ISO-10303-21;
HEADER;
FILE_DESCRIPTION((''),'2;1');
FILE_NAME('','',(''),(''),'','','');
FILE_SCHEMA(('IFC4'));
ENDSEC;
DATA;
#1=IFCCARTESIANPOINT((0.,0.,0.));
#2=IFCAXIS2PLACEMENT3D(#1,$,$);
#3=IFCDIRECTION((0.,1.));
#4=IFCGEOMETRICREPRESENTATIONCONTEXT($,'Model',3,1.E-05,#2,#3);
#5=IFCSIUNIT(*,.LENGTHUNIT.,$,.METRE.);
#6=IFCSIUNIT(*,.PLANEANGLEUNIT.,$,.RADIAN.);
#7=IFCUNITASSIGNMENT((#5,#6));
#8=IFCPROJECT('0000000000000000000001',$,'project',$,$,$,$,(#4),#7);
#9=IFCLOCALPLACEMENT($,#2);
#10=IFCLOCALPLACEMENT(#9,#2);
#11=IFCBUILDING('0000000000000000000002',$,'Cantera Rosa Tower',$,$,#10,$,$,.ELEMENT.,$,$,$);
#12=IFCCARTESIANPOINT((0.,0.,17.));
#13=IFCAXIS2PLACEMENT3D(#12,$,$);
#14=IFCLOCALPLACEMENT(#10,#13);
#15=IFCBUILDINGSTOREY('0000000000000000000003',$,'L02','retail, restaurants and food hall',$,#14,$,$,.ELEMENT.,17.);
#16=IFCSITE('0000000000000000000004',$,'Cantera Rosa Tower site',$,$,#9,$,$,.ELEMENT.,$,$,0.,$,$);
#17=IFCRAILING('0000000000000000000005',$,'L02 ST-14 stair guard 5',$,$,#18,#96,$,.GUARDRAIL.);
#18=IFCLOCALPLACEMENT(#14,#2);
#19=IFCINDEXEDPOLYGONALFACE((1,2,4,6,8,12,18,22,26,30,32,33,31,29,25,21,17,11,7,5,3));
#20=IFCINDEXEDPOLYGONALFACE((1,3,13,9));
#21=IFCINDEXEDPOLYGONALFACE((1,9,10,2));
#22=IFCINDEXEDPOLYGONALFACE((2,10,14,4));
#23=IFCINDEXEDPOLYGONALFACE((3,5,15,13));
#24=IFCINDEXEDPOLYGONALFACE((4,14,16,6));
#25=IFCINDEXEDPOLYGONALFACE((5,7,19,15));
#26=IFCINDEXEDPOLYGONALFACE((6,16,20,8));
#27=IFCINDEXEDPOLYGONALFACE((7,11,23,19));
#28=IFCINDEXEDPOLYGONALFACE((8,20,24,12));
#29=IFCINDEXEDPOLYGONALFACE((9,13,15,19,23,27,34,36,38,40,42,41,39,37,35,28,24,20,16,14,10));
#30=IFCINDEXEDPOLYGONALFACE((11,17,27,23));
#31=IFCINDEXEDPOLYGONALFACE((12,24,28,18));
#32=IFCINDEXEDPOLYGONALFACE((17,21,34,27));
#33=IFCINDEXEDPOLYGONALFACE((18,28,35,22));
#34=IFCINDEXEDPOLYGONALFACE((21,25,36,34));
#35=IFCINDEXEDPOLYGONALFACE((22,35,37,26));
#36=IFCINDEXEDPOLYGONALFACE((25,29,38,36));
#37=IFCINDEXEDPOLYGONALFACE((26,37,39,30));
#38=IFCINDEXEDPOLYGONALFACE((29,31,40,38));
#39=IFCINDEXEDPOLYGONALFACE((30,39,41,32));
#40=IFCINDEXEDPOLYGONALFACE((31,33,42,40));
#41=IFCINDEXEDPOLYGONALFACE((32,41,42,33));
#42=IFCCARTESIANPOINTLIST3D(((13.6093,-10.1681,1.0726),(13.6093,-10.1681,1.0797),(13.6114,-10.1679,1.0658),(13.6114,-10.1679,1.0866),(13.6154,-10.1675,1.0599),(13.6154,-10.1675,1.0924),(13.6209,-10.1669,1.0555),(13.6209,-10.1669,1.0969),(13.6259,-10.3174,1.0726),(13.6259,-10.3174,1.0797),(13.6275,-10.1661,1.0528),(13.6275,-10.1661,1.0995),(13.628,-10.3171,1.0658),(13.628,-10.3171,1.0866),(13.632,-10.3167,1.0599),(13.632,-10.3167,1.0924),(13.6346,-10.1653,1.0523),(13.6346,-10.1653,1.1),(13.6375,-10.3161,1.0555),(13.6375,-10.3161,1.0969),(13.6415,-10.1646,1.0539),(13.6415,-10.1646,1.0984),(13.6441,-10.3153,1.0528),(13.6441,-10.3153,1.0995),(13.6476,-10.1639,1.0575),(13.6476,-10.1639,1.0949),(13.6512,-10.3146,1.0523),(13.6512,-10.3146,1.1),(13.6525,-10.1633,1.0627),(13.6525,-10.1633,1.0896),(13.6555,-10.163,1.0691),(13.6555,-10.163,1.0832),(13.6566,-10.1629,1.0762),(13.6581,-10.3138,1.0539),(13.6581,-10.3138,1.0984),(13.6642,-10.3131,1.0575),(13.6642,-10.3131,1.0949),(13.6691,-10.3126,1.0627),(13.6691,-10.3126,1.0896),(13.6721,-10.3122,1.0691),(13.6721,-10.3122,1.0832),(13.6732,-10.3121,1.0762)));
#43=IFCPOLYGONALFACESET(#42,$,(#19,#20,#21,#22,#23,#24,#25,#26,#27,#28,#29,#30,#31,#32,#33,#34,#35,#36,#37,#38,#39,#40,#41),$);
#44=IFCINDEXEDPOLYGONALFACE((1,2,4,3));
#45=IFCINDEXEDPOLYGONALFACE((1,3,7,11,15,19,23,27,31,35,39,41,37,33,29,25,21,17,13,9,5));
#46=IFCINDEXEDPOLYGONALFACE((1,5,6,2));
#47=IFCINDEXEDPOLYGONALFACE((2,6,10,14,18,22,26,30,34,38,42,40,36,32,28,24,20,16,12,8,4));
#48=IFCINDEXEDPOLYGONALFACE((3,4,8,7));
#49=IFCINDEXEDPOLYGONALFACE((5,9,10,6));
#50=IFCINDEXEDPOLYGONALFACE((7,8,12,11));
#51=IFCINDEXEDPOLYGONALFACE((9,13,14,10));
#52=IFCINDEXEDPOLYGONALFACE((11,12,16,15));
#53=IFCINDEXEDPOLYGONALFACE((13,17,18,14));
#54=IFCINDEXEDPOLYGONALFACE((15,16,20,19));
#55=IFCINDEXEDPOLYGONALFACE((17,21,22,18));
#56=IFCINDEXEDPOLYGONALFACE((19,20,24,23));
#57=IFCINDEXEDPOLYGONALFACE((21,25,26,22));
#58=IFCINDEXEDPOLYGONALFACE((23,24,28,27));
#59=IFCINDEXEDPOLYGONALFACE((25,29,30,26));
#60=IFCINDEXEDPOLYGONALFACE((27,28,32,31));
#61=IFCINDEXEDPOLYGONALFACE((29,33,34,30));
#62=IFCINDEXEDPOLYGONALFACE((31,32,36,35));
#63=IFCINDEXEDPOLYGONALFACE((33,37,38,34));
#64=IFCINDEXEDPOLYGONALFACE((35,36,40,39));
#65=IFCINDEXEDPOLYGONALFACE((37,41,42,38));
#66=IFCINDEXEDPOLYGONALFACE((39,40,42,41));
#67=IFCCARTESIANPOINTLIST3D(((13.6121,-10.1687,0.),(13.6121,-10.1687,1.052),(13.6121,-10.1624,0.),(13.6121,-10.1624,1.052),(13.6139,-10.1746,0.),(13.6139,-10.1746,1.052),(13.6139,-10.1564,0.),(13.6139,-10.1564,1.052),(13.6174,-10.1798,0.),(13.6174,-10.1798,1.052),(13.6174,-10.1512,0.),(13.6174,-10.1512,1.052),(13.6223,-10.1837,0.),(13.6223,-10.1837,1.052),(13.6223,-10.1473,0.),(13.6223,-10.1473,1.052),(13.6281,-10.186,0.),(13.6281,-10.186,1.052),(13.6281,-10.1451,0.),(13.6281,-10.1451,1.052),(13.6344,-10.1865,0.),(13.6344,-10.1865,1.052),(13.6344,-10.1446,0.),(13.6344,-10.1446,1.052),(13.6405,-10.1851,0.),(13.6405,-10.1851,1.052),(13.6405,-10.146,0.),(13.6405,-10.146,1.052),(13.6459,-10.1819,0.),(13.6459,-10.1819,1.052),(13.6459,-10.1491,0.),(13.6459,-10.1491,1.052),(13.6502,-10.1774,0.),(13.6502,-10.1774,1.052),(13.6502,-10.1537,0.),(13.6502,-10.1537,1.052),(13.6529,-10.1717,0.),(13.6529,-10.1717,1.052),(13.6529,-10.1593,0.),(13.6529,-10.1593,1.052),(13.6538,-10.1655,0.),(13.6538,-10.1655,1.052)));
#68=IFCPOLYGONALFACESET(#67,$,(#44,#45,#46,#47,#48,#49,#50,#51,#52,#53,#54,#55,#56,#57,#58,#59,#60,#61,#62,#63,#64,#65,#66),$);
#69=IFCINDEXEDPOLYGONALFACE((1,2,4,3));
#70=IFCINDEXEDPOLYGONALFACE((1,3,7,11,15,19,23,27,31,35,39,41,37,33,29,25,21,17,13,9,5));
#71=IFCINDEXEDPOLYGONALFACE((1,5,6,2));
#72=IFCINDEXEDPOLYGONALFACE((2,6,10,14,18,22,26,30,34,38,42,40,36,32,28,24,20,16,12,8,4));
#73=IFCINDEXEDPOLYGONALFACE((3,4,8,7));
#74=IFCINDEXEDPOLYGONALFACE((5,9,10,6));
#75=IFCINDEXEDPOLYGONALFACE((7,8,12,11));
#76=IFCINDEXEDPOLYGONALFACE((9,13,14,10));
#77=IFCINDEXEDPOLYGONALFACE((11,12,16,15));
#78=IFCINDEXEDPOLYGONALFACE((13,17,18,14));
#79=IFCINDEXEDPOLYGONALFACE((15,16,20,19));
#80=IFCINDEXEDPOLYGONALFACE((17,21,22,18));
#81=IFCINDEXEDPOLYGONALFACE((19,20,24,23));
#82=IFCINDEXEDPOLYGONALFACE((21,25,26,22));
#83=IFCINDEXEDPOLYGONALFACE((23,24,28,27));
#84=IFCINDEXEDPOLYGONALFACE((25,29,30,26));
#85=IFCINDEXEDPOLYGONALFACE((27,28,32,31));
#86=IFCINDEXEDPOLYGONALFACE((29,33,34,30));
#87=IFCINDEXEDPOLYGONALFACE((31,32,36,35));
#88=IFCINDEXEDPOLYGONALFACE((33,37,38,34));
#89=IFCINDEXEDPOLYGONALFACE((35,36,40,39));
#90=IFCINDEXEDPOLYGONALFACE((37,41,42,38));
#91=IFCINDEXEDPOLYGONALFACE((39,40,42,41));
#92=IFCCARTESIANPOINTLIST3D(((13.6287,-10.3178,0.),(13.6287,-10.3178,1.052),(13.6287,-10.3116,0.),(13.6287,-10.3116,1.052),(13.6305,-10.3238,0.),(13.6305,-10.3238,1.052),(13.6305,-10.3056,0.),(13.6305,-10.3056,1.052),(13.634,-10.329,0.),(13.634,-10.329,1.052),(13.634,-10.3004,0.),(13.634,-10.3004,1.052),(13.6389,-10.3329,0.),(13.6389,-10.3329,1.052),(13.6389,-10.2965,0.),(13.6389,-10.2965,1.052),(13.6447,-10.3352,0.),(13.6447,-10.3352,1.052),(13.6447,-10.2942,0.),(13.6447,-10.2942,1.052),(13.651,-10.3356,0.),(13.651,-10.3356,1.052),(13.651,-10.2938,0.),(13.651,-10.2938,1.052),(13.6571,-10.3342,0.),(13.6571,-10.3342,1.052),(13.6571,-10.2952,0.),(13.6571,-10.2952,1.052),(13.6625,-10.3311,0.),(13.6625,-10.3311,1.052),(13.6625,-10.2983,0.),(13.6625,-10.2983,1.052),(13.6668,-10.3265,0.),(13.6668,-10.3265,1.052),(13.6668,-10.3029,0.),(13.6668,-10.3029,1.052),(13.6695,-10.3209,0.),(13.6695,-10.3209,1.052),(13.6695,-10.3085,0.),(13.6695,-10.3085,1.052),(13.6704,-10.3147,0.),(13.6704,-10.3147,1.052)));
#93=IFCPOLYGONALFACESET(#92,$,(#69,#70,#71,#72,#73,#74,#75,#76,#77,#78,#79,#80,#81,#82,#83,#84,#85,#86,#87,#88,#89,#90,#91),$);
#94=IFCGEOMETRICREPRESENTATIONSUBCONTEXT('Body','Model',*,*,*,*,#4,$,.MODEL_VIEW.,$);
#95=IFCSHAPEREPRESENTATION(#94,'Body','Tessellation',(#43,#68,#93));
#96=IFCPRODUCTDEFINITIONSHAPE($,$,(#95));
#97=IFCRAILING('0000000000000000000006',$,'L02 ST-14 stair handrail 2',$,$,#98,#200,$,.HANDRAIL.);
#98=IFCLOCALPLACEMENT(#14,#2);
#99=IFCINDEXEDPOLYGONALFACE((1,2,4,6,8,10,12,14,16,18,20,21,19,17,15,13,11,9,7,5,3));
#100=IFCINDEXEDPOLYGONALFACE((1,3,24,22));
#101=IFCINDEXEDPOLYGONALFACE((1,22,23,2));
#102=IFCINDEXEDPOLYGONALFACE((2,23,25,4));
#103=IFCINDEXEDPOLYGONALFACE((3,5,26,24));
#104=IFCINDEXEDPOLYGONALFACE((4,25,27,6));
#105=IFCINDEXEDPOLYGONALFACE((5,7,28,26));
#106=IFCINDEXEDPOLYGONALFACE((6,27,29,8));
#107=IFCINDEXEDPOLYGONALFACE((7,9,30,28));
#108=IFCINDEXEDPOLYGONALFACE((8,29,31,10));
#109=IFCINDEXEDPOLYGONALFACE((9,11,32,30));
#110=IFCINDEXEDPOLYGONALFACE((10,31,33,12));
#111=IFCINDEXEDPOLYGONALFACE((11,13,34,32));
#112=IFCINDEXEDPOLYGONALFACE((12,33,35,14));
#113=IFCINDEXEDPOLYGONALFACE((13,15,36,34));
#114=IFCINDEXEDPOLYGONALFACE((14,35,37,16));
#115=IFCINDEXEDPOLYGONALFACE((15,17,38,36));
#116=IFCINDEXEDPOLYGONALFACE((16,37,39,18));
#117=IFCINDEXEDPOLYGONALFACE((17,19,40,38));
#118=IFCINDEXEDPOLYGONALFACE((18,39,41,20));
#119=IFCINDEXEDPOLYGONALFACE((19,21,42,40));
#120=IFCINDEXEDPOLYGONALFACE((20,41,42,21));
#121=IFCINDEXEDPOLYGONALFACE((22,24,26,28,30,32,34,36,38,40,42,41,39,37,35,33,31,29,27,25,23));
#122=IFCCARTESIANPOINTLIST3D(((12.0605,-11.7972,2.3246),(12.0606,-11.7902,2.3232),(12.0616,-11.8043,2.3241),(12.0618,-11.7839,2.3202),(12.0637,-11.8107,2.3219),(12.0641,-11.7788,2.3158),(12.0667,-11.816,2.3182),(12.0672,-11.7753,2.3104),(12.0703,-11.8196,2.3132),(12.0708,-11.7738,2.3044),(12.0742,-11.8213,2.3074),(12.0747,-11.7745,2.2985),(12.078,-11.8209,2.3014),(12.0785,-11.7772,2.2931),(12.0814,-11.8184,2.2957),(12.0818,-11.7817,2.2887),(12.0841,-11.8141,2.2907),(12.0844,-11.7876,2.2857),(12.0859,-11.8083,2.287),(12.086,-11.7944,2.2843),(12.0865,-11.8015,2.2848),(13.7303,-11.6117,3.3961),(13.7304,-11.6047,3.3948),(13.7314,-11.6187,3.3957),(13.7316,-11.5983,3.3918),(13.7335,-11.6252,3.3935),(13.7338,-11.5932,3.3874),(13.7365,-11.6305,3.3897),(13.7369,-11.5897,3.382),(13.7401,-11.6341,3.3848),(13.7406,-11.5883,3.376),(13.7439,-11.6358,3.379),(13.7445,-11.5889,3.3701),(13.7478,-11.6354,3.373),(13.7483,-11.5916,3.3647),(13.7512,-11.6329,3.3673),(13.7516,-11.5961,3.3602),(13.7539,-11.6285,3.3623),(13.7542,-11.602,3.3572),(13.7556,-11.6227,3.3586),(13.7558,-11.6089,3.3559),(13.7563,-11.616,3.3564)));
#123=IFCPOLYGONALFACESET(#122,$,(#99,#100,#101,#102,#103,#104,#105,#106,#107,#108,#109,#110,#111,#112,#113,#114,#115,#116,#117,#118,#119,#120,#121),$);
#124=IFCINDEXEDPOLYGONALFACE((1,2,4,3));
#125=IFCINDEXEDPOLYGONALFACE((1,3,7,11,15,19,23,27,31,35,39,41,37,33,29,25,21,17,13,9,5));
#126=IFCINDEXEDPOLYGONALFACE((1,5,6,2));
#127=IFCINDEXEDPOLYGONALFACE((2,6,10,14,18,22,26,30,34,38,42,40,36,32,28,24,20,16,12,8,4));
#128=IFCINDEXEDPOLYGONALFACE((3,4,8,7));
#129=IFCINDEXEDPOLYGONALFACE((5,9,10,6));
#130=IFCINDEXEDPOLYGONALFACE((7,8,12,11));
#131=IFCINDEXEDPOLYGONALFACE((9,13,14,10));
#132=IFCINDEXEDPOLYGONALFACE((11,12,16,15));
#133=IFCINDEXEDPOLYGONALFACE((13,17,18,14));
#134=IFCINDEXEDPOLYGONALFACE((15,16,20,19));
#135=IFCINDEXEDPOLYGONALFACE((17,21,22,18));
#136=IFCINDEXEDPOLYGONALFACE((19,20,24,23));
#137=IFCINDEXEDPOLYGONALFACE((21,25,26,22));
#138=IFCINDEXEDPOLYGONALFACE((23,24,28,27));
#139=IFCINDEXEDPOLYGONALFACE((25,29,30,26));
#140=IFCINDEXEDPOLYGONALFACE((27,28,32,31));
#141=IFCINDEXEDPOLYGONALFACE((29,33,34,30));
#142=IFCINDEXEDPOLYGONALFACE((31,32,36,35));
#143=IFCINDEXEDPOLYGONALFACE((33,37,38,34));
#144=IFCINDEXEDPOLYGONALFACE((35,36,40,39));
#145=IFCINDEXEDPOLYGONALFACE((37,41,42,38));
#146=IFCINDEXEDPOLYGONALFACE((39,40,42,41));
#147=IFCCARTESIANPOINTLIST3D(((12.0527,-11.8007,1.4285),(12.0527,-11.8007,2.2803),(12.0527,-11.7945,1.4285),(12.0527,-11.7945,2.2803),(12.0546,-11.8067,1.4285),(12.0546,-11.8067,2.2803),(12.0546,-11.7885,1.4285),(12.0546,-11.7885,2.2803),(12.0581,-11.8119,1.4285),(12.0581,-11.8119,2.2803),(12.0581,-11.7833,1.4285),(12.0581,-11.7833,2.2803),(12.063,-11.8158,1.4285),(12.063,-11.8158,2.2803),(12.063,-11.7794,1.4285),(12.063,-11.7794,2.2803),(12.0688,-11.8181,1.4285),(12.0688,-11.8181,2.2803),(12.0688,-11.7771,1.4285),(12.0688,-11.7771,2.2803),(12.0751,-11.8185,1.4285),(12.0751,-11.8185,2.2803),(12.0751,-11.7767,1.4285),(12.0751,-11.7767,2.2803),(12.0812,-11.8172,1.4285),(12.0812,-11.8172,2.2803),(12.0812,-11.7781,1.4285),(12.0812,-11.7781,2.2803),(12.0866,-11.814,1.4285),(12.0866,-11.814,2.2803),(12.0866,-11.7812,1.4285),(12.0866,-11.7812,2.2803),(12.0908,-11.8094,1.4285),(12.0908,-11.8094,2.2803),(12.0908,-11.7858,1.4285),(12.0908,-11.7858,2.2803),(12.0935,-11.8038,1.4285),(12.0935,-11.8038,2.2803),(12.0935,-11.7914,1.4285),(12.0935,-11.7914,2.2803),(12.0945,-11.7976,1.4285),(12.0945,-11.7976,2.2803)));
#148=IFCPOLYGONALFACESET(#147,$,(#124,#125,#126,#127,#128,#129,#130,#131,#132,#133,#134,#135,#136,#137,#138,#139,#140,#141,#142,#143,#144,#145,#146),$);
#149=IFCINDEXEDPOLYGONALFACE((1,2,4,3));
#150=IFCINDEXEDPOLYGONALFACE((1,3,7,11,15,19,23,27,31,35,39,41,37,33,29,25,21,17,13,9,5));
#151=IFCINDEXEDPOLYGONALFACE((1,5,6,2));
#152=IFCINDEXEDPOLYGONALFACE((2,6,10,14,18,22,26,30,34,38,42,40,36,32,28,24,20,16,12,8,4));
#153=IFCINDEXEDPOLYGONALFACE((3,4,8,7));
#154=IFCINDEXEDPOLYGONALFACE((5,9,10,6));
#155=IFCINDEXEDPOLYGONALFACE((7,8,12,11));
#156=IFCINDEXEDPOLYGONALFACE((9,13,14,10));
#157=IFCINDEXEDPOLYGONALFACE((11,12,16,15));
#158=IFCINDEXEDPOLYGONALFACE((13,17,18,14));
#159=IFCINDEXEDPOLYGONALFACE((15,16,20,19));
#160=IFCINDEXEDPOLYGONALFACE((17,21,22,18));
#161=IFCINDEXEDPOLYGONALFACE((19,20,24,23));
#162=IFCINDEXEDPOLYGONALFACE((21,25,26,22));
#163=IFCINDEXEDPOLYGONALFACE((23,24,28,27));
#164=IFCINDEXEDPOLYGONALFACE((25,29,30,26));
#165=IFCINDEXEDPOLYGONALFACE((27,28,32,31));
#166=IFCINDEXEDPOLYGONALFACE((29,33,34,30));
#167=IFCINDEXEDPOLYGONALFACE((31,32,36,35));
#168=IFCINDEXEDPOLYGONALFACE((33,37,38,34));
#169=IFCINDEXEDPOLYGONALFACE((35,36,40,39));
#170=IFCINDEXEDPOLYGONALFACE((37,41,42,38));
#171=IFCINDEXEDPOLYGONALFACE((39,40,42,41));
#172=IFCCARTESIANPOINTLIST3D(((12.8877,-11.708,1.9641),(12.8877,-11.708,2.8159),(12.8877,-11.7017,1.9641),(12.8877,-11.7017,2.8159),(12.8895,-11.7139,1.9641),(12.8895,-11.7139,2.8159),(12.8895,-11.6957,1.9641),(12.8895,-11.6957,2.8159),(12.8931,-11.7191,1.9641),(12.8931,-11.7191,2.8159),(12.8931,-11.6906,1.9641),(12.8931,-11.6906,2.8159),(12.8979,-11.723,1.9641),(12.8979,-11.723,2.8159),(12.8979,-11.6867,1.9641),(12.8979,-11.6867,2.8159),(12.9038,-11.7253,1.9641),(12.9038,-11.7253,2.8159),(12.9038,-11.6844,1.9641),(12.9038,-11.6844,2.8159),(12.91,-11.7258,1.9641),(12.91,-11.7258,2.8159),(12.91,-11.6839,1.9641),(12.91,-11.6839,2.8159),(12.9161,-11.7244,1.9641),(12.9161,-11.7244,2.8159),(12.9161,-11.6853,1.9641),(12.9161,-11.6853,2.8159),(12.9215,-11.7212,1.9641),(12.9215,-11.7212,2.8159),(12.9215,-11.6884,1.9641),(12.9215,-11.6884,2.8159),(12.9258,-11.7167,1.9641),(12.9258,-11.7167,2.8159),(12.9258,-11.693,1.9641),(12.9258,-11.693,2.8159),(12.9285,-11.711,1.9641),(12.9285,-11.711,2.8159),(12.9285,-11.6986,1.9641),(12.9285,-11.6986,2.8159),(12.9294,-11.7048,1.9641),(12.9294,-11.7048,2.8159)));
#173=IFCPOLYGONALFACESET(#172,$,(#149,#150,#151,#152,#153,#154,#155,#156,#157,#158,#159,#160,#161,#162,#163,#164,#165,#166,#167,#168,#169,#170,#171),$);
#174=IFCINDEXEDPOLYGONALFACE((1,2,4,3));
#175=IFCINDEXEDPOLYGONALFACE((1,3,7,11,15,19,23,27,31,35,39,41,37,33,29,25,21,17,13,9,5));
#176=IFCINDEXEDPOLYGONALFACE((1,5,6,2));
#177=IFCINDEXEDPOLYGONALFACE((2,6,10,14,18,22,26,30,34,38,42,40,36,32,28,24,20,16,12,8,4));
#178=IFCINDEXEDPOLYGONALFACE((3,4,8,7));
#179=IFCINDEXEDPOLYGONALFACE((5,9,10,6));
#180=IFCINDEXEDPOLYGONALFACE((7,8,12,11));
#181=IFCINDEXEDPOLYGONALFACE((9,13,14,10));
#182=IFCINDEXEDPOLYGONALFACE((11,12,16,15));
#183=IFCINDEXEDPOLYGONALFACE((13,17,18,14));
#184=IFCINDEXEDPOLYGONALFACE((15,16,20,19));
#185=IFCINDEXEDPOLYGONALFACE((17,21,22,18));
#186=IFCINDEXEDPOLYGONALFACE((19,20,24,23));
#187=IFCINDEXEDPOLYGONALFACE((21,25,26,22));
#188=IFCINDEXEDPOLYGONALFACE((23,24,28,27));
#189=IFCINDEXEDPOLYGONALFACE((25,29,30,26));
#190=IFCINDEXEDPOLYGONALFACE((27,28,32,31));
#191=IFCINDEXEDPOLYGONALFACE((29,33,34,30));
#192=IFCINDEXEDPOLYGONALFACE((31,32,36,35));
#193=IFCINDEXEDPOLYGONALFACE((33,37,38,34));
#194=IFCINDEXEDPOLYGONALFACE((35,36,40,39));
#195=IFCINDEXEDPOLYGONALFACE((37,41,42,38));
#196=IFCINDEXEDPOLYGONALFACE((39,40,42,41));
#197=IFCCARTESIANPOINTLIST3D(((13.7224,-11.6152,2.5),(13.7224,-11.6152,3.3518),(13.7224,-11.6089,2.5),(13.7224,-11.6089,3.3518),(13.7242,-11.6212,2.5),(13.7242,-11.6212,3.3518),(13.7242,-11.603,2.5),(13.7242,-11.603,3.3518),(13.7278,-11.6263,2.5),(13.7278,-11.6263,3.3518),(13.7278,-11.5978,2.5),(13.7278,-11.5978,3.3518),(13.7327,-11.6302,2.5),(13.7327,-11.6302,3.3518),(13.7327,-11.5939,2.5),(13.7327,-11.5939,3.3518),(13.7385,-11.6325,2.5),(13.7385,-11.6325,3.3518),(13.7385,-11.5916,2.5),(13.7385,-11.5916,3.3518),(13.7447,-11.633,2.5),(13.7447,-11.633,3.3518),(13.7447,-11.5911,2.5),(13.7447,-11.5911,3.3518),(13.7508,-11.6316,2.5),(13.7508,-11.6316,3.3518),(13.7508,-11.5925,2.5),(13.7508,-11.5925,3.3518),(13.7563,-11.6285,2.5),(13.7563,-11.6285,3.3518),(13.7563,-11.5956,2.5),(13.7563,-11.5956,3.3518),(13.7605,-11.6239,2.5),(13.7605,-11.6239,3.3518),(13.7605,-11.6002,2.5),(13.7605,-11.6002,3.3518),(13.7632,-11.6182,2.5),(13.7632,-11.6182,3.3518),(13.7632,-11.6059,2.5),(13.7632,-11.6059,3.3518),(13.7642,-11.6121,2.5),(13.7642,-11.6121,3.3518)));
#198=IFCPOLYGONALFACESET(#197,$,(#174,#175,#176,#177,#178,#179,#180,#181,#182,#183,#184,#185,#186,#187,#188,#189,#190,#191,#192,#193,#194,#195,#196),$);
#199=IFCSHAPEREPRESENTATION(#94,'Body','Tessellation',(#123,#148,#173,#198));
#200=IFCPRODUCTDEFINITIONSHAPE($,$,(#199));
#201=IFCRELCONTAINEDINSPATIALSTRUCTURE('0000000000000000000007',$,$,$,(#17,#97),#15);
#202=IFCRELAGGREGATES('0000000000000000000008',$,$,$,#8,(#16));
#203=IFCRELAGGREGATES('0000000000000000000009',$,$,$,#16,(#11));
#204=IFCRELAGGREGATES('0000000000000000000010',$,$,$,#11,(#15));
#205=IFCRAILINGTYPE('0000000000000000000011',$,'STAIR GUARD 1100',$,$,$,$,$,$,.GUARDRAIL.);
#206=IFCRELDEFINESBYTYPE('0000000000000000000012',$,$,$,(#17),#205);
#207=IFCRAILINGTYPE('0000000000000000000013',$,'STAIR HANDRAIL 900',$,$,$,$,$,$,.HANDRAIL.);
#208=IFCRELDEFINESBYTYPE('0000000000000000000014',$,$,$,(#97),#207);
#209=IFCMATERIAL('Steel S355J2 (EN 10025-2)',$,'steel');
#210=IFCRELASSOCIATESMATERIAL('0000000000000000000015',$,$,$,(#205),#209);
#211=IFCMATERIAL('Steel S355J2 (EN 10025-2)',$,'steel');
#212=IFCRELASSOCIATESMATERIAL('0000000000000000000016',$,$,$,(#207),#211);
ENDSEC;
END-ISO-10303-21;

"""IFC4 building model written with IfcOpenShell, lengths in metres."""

from ifc_helpers import new_model, si_unit, direction, frame, origin, origin_2d, place, context, subcontext, project, spatial, circle, extrude, material, type_object, element, save


model = new_model("IFC4")

# Units and contexts
model_context = context("Model", 3, precision=1e-05, world=origin(), true_north=direction((0.0, 1.0)))
body_context = subcontext(model_context, "Body", "Model", "MODEL_VIEW")
ifc_project = project(units=[si_unit("LENGTHUNIT", "METRE"), si_unit("PLANEANGLEUNIT", "RADIAN")], contexts=[model_context])

# Site, building, storey
site_placement = place(None, origin())
site = spatial("IfcSite", under=ifc_project, at=site_placement, Name="Cantera Rosa Tower site", CompositionType="ELEMENT", RefElevation=0.0)
building_placement = place(site_placement, origin())
building = spatial("IfcBuilding", under=site, at=building_placement, Name="Cantera Rosa Tower", CompositionType="ELEMENT")
storey_placement = place(building_placement, frame((0.0, 0.0, 17.0)))
storey = spatial("IfcBuildingStorey", under=building, at=storey_placement, Name="L02", Description="retail, restaurants and food hall", CompositionType="ELEMENT", Elevation=17.0)

# Railings
ifc_material_1 = material(Name="Steel S355J2 (EN 10025-2)", Category="steel")
railing_type_1 = type_object("IfcRailingType", Name="STAIR GUARD 1100", PredefinedType="GUARDRAIL", material=ifc_material_1)
railing_1_placement = place(storey_placement, frame((13.6328, -10.1655, 0.0)))
element("IfcRailing", 1, at=railing_1_placement, inside=storey, type_object=railing_type_1, Name="L02 ST-14 stair guard 5", PredefinedType="GUARDRAIL", context=body_context, shape_type="SweptSolid", body=[
    extrude(circle(Radius=0.0239, at=origin_2d()), frame((0.0, 0.0, 1.0762), z_axis=(0.11061, -0.993864, 0.0), x_axis=(0.993864, 0.11061, 0.0)), (0.0, 0.0, 1.0), 0.1501),
    extrude(circle(Radius=0.021, at=origin_2d()), origin(), (0.0, 0.0, 1.0), 1.052),
    extrude(circle(Radius=0.021, at=origin_2d()), frame((0.0166, -0.1492, 0.0)), (0.0, 0.0, 1.0), 1.052),
])
ifc_material_2 = material(Name="Steel S355J2 (EN 10025-2)", Category="steel")
railing_type_2 = type_object("IfcRailingType", Name="STAIR HANDRAIL 900", PredefinedType="HANDRAIL", material=ifc_material_2)
for number, where, name in (
    (2, (12.0735, -11.7976, 1.4285), "L02 ST-14 stair handrail 2"),
):
    element("IfcRailing", number, at=place(storey_placement, frame(where)), inside=storey, type_object=railing_type_2, Name=name, PredefinedType="HANDRAIL", context=body_context, shape_type="SweptSolid", body=[
        extrude(circle(Radius=0.0239, at=origin_2d()), frame((0.0, 0.0, 0.876), z_axis=(0.837941, 0.093118, 0.537758), x_axis=(-0.110447, 0.993882, 0.0)), (0.0, 0.0, 1.0), 1.9927),
        extrude(circle(Radius=0.021, at=origin_2d()), origin(), (0.0, 0.0, 1.0), 0.8518),
        extrude(circle(Radius=0.021, at=origin_2d()), frame((0.835, 0.0928, 0.5356)), (0.0, 0.0, 1.0), 0.8518),
        extrude(circle(Radius=0.021, at=origin_2d()), frame((1.6697, 0.1855, 1.0715)), (0.0, 0.0, 1.0), 0.8518),
    ])

save(model, "model.ifc")
